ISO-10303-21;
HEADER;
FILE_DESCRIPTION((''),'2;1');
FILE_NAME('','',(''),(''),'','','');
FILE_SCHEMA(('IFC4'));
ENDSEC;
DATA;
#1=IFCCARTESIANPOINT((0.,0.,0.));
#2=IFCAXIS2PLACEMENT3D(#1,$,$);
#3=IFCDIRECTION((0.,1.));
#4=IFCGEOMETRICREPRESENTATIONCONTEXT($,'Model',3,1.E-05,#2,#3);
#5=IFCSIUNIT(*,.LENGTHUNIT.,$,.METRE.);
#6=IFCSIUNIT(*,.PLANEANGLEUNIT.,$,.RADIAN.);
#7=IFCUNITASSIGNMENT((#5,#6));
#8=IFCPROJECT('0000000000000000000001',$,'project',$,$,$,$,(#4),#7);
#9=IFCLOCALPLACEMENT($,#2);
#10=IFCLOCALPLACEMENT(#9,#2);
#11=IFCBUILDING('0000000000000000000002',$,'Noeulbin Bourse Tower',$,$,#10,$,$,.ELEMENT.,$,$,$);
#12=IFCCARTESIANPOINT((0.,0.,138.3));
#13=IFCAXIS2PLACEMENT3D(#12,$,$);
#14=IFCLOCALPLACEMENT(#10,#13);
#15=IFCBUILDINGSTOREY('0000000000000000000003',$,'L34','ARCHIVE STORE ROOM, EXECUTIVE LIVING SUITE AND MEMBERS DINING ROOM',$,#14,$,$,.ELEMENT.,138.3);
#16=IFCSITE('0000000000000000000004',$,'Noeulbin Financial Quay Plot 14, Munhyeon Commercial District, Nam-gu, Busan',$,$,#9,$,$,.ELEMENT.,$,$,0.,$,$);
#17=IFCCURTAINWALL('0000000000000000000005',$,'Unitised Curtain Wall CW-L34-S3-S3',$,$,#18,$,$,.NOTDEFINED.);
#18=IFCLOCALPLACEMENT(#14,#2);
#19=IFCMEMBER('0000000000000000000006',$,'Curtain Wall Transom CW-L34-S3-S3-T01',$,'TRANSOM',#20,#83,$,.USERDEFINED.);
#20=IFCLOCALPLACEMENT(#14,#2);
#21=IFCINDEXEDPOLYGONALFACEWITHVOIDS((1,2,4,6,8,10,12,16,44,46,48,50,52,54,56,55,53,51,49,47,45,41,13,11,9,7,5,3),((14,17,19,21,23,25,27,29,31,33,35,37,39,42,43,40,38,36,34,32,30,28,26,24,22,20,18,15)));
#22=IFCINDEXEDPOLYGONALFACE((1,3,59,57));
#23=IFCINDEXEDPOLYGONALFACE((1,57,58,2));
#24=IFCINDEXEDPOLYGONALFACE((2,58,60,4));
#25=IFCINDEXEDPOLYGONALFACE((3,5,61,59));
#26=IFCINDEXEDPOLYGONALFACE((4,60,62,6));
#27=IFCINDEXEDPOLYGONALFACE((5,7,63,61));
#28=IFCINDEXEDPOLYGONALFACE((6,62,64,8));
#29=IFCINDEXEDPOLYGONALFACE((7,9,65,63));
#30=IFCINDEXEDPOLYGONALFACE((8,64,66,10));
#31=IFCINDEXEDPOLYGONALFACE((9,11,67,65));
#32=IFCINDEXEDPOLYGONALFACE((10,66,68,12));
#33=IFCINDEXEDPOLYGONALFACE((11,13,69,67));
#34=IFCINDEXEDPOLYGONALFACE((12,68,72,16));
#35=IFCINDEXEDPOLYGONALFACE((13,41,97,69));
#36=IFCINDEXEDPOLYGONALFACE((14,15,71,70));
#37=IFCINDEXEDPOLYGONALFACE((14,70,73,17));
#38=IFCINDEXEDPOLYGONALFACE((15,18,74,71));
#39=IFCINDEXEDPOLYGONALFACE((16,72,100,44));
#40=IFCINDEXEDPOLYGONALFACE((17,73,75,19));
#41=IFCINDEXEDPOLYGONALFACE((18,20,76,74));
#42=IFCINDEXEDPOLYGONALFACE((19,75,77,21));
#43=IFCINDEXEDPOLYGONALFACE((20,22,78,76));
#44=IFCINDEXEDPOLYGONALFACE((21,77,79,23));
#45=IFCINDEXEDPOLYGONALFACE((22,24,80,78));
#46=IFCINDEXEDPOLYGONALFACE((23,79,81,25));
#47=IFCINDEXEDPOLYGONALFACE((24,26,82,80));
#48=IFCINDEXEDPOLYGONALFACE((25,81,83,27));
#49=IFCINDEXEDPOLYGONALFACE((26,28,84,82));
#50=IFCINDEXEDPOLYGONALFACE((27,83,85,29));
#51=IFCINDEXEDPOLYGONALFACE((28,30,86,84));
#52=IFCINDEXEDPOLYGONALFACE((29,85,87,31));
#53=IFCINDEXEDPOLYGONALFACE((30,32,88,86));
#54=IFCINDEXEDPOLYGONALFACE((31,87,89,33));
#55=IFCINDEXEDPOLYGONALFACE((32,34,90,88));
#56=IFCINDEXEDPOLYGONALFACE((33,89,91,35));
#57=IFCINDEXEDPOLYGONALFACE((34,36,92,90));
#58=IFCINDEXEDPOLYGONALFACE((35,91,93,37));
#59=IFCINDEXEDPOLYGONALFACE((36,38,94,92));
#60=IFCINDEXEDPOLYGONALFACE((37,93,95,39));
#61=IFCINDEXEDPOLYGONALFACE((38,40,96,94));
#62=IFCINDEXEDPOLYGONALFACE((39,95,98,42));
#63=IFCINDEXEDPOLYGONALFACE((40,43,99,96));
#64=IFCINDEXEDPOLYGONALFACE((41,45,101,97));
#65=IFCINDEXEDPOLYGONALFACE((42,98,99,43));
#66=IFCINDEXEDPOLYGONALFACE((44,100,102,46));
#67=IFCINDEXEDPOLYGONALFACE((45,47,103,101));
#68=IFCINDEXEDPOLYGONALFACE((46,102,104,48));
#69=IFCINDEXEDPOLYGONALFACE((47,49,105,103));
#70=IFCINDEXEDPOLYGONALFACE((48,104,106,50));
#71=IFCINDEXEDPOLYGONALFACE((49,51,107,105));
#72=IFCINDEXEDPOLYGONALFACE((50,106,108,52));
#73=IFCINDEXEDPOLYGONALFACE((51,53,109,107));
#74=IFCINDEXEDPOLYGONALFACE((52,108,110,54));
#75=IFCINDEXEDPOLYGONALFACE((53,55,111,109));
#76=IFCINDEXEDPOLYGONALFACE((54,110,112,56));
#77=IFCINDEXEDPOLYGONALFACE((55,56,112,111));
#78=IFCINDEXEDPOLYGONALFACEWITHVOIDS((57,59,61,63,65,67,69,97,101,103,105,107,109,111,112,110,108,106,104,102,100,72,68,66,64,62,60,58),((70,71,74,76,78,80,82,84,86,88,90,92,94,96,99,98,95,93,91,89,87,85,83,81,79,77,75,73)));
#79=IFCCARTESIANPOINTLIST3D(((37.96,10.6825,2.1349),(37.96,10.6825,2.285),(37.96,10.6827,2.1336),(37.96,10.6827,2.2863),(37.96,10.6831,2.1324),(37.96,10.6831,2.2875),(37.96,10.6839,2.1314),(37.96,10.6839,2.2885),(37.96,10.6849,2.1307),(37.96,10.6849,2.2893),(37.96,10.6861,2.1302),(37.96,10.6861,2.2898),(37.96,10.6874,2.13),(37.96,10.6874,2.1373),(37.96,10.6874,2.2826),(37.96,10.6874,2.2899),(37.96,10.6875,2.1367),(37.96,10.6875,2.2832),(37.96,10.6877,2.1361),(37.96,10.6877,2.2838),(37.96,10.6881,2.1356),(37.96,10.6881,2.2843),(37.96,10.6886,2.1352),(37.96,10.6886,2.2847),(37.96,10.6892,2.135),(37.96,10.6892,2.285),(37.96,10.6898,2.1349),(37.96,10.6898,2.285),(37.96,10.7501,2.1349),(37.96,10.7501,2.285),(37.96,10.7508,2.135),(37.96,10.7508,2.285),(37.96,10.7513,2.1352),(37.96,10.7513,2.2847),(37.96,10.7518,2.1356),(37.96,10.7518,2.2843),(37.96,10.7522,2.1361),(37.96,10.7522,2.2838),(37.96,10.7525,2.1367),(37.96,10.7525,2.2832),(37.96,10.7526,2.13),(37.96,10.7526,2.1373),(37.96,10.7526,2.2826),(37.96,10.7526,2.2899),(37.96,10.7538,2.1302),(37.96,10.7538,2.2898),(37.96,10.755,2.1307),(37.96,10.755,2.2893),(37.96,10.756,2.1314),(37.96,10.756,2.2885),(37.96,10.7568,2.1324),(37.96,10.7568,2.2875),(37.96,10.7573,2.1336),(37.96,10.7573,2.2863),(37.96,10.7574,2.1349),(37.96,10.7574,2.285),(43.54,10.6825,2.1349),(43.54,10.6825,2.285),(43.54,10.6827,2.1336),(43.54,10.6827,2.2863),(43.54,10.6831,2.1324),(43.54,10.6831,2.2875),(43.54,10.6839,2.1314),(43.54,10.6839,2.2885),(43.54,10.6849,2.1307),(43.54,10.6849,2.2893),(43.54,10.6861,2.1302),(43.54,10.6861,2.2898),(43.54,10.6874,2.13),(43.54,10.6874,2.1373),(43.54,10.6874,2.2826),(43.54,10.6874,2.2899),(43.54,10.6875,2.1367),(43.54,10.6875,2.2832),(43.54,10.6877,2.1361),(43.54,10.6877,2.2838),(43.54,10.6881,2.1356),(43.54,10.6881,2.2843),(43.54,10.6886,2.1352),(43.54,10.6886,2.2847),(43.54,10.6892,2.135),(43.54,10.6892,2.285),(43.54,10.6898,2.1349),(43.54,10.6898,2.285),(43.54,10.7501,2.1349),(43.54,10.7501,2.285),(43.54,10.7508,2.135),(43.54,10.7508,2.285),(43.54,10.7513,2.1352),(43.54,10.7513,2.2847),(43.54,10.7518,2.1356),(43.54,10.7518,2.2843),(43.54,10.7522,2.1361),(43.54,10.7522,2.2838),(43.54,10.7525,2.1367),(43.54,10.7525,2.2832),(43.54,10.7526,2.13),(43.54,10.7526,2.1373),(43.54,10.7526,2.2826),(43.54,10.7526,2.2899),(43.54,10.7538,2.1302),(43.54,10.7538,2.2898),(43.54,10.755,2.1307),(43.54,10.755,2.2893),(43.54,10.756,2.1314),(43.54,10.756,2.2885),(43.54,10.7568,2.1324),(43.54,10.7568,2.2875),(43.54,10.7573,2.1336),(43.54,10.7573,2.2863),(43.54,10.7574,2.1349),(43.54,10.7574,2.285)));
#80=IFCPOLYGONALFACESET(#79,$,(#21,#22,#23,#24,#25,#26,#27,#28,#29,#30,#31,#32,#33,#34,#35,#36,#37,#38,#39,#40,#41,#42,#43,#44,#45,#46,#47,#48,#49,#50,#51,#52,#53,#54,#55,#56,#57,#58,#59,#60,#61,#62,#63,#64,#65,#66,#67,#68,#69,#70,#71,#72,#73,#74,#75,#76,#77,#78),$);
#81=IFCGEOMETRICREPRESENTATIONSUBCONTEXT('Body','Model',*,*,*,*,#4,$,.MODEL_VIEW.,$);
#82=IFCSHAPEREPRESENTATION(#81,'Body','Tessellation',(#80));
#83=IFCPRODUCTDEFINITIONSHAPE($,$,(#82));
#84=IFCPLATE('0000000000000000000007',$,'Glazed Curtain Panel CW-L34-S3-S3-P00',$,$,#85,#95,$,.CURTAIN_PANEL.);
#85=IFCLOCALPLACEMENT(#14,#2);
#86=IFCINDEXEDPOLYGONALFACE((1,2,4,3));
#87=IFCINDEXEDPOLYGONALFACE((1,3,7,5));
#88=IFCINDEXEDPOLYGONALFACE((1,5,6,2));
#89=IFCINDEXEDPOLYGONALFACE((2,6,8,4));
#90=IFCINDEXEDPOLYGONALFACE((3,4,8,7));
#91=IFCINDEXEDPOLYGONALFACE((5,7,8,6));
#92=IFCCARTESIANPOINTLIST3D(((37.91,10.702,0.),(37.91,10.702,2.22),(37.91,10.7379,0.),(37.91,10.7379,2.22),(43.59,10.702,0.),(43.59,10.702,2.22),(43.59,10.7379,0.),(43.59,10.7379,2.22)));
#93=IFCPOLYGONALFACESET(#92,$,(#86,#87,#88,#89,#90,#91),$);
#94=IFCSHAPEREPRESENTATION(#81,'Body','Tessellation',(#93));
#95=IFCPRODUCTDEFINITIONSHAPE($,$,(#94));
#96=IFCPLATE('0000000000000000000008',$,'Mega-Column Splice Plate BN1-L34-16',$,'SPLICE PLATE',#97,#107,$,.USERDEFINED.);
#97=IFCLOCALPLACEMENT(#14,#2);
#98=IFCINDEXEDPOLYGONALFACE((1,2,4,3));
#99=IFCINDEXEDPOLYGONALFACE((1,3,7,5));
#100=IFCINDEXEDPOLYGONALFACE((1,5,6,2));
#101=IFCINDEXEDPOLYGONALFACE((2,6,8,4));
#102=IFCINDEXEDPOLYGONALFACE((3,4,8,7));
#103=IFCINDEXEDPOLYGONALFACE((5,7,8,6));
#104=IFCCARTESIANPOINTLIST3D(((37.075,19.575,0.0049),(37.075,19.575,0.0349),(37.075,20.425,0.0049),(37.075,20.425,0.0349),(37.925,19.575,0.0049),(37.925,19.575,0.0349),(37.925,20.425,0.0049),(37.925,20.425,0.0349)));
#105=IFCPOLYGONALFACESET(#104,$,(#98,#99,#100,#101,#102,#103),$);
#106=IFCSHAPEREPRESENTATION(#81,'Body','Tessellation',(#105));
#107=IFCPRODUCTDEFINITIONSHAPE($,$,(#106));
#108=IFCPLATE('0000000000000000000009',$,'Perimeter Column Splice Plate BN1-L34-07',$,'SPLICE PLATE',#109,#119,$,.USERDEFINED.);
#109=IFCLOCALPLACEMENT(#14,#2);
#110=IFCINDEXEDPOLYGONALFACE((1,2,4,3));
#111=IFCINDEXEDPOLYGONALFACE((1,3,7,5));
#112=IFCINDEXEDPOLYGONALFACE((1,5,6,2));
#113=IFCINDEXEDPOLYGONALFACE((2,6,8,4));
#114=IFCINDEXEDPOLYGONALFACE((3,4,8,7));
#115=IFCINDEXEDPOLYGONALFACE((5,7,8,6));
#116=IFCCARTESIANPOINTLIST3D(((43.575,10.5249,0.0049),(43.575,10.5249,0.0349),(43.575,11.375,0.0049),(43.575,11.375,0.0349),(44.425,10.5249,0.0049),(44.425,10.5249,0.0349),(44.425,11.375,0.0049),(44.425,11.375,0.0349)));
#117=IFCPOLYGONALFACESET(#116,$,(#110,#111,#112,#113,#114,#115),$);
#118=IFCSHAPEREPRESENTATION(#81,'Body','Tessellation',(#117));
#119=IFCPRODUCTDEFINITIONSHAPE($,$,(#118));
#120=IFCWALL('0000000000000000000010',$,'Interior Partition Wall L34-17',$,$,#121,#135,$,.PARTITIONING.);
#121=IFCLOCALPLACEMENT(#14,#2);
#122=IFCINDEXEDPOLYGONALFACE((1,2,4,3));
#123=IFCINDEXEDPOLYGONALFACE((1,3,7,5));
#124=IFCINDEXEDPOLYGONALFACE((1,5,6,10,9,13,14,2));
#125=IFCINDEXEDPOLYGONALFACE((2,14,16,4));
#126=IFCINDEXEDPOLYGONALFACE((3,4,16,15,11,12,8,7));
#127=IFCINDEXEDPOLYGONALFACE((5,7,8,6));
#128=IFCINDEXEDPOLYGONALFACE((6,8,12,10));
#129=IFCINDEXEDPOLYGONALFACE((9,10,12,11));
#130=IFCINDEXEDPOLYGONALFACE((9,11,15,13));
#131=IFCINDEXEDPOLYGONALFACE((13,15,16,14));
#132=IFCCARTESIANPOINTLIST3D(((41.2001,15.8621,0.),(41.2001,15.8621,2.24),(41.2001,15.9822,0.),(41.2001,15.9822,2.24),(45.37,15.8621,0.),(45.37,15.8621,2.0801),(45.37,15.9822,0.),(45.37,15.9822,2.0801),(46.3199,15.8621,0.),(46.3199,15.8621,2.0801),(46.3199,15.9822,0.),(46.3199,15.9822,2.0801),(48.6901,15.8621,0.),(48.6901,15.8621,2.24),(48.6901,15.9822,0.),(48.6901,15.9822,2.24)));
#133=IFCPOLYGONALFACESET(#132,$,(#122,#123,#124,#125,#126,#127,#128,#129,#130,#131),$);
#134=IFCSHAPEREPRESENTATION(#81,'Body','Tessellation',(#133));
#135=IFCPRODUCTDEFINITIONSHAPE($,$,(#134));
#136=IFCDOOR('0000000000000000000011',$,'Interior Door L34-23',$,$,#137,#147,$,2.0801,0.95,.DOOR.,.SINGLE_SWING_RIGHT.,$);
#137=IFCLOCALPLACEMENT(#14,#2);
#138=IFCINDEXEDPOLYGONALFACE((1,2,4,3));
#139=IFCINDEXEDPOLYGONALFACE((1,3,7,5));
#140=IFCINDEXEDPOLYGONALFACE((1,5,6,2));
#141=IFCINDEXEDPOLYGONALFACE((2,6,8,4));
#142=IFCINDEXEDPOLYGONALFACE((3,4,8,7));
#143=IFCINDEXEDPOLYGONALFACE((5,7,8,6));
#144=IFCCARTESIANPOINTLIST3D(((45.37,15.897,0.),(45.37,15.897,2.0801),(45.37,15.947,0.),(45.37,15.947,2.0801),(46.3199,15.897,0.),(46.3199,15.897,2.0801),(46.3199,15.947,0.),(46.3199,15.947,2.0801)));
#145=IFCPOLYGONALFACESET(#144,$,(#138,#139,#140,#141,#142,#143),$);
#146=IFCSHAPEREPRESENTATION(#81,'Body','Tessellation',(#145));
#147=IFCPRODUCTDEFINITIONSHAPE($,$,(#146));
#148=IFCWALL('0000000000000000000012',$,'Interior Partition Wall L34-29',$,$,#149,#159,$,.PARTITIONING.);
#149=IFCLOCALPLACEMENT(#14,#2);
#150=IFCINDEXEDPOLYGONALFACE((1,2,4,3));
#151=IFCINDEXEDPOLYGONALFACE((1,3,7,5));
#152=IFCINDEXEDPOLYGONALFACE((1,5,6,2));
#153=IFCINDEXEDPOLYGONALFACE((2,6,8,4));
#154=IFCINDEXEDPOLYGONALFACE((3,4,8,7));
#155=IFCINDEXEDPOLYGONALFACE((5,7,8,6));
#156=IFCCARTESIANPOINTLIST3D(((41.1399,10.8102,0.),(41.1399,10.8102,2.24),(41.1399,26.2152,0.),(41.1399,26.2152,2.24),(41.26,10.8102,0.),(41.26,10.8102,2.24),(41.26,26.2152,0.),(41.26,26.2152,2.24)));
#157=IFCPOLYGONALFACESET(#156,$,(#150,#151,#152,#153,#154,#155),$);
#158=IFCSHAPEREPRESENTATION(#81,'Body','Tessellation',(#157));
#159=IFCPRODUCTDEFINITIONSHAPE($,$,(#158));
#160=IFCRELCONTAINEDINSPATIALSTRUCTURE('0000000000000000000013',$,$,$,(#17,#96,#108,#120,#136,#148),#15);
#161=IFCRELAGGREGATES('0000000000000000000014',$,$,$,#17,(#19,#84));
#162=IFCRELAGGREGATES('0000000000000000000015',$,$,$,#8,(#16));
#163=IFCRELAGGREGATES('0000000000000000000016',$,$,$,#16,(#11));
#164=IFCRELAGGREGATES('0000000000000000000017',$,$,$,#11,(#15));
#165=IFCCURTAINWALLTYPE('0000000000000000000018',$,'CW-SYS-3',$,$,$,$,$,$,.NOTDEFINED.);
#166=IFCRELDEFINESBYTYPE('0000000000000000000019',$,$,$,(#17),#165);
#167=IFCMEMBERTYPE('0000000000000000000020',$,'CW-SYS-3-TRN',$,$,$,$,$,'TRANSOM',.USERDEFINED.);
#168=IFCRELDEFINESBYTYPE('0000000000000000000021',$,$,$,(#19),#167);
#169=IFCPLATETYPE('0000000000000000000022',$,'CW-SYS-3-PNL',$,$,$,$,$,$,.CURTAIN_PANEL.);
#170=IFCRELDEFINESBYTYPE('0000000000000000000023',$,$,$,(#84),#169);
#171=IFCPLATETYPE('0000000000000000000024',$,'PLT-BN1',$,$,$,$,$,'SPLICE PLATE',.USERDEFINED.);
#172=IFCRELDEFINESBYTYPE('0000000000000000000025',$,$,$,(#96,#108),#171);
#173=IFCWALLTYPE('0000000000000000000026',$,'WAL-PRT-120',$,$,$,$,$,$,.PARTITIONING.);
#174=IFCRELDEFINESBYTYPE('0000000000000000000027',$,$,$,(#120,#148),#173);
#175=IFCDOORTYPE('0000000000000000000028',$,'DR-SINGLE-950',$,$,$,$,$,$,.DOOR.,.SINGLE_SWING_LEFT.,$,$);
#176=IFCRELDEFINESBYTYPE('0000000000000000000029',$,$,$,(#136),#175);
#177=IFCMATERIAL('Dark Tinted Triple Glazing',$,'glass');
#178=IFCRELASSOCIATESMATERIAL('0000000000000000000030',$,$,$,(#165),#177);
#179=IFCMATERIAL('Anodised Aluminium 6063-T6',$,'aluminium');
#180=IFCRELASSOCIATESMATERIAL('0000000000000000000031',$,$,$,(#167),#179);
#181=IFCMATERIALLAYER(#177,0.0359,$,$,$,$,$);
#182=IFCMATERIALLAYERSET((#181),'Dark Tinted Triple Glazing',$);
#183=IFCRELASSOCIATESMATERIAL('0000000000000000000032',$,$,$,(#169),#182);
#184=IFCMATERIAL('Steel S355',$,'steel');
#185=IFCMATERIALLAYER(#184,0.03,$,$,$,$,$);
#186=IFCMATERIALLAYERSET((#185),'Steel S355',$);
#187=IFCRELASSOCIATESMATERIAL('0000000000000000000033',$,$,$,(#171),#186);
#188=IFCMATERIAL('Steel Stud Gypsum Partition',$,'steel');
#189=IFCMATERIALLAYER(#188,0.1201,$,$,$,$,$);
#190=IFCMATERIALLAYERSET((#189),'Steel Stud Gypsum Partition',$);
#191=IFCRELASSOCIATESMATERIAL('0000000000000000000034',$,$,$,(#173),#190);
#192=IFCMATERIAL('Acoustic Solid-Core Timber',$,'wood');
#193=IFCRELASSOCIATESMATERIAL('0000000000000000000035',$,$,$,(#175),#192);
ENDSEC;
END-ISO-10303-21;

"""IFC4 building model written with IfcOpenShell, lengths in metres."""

from ifc_helpers import new_model, si_unit, direction, frame, frame_2d, origin, origin_2d, place, context, subcontext, project, spatial, rectangle, hollow_rectangle, extrude, material, layer, layer_set, material_profile, profile_set, type_object, element, fill, aggregate, save


model = new_model("IFC4")

# Units and contexts
model_context = context("Model", 3, precision=1e-05, world=origin(), true_north=direction((0.0, 1.0)))
body_context = subcontext(model_context, "Body", "Model", "MODEL_VIEW")
ifc_project = project(units=[si_unit("LENGTHUNIT", "METRE"), si_unit("PLANEANGLEUNIT", "RADIAN")], contexts=[model_context])

# Site, building, storey
site_placement = place(None, origin())
site = spatial("IfcSite", under=ifc_project, at=site_placement, Name="Noeulbin Financial Quay Plot 14, Munhyeon Commercial District, Nam-gu, Busan", CompositionType="ELEMENT", RefElevation=0.0)
building_placement = place(site_placement, origin())
building = spatial("IfcBuilding", under=site, at=building_placement, Name="Noeulbin Bourse Tower", CompositionType="ELEMENT")
storey_placement = place(building_placement, frame((0.0, 0.0, 138.3)))
storey = spatial("IfcBuildingStorey", under=building, at=storey_placement, Name="L34", Description="ARCHIVE STORE ROOM, EXECUTIVE LIVING SUITE AND MEMBERS DINING ROOM", CompositionType="ELEMENT", Elevation=138.3)

# Shared definitions
ifc_material_1 = material(Name="Steel S355", Category="steel")

# Curtain wall, member, plate
ifc_material_2 = material(Name="Dark Tinted Triple Glazing", Category="glass")
curtain_wall_type = type_object("IfcCurtainWallType", Name="CW-SYS-3", PredefinedType="NOTDEFINED", material=ifc_material_2)
curtain_wall_placement = place(storey_placement, origin())
curtain_wall = element("IfcCurtainWall", 1, at=curtain_wall_placement, inside=storey, type_object=curtain_wall_type, Name="Unitised Curtain Wall CW-L34-S3-S3", PredefinedType="NOTDEFINED")
ifc_material_3 = material(Name="Anodised Aluminium 6063-T6", Category="aluminium")
ifc_material_profile_1 = material_profile(ifc_material_3, hollow_rectangle(XDim=0.075, YDim=0.1599, WallThickness=0.0049, InnerFilletRadius=0.0024, OuterFilletRadius=0.0049, at=origin_2d()), Name="ALU-TRAN-75x160x5", Category="LoadBearing")
ifc_profile_set_1 = profile_set([ifc_material_profile_1], Name="Anodised Aluminium 6063-T6")
member_type_1 = type_object("IfcMemberType", Name="CW-SYS-3-TRN", ElementType="TRANSOM", PredefinedType="USERDEFINED", material=ifc_profile_set_1)
member_1_placement = place(storey_placement, frame((37.96, 10.72, 2.21), z_axis=(1.0, 0.0, 0.0), x_axis=(0.0, 1.0, 0.0)))
member_1 = element("IfcMember", 2, at=member_1_placement, type_object=member_type_1, Name="Curtain Wall Transom CW-L34-S3-S3-T01", ObjectType="TRANSOM", PredefinedType="USERDEFINED", context=body_context, shape_type="SweptSolid", body=[
    extrude(hollow_rectangle(XDim=0.075, YDim=0.1599, WallThickness=0.0049, InnerFilletRadius=0.0024, OuterFilletRadius=0.0049, at=origin_2d()), origin(), (0.0, 0.0, 1.0), 5.5801),
])
ifc_layer_1 = layer(ifc_material_2, 0.0359)
ifc_layer_set_1 = layer_set([ifc_layer_1], Name="Dark Tinted Triple Glazing")
plate_type_1 = type_object("IfcPlateType", Name="CW-SYS-3-PNL", PredefinedType="CURTAIN_PANEL", material=ifc_layer_set_1)
plate_placement = place(storey_placement, frame((40.75, 10.72, 0.0), z_axis=(0.0, 0.0, 1.0), x_axis=(1.0, 0.0, 0.0)))
plate = element("IfcPlate", 3, at=plate_placement, type_object=plate_type_1, Name="Glazed Curtain Panel CW-L34-S3-S3-P00", PredefinedType="CURTAIN_PANEL", context=body_context, shape_type="SweptSolid", body=[
    extrude(rectangle(XDim=5.6799, YDim=0.0359, at=origin_2d()), origin(), (0.0, 0.0, 1.0), 2.22),
])
aggregate(curtain_wall, [member_1, plate])

# Plates
ifc_layer_2 = layer(ifc_material_1, 0.03)
ifc_layer_set_2 = layer_set([ifc_layer_2], Name="Steel S355")
plate_type_2 = type_object("IfcPlateType", Name="PLT-BN1", ElementType="SPLICE PLATE", PredefinedType="USERDEFINED", material=ifc_layer_set_2)
for number, where, z_axis, x_axis, name in (
    (4, (37.5, 20.0, 0.0049), (0.0, 0.0, 1.0), (1.0, 0.0, 0.0), "Mega-Column Splice Plate BN1-L34-16"),
    (5, (44.0, 10.95, 0.0049), (0.0, 0.0, 1.0), (1.0, 0.0, 0.0), "Perimeter Column Splice Plate BN1-L34-07"),
):
    element("IfcPlate", number, at=place(storey_placement, frame(where, z_axis=z_axis, x_axis=x_axis)), inside=storey, type_object=plate_type_2, Name=name, ObjectType="SPLICE PLATE", PredefinedType="USERDEFINED", context=body_context, shape_type="SweptSolid", body=[
        extrude(rectangle(XDim=0.8501, YDim=0.8501, at=origin_2d()), origin(), (0.0, 0.0, 1.0), 0.03),
    ])

# Wall, opening, door
ifc_material_4 = material(Name="Steel Stud Gypsum Partition", Category="steel")
ifc_layer_3 = layer(ifc_material_4, 0.1201)
ifc_layer_set_3 = layer_set([ifc_layer_3], Name="Steel Stud Gypsum Partition")
wall_type = type_object("IfcWallType", Name="WAL-PRT-120", PredefinedType="PARTITIONING", material=ifc_layer_set_3)
wall_1_placement = place(storey_placement, frame((41.2, 15.9221, 0.0), z_axis=(0.0, 0.0, 1.0), x_axis=(1.0, 0.0, 0.0)))
wall_1 = element("IfcWall", 6, at=wall_1_placement, inside=storey, type_object=wall_type, Name="Interior Partition Wall L34-17", PredefinedType="PARTITIONING", context=body_context, shape_type="SweptSolid", body=[
    extrude(rectangle(XDim=7.49, YDim=0.1201, at=frame_2d((3.7451, 0.0))), origin(), (0.0, 0.0, 1.0), 2.24),
])
opening_placement = place(wall_1_placement, frame((4.1699, 0.0, 0.0)))
opening = element("IfcOpeningElement", 7, at=opening_placement, cuts=wall_1, PredefinedType="OPENING", context=body_context, shape_type="SweptSolid", body=[
    extrude(rectangle(XDim=0.95, YDim=2.0801, at=frame_2d((0.4751, 1.04))), frame((0.0, 0.0701, 0.0), z_axis=(0.0, -1.0, 0.0), x_axis=(1.0, 0.0, 0.0)), (0.0, 0.0, 1.0), 0.1401),
])
ifc_material_5 = material(Name="Acoustic Solid-Core Timber", Category="wood")
door_type = type_object("IfcDoorType", Name="DR-SINGLE-950", OperationType="SINGLE_SWING_LEFT", PredefinedType="DOOR", material=ifc_material_5)
door_placement = place(opening_placement, origin())
door = element("IfcDoor", 8, at=door_placement, inside=storey, type_object=door_type, Name="Interior Door L34-23", OperationType="SINGLE_SWING_RIGHT", OverallHeight=2.0801, OverallWidth=0.95, PredefinedType="DOOR", context=body_context, shape_type="SweptSolid", body=[
    extrude(rectangle(XDim=0.95, YDim=2.0801, at=frame_2d((0.4751, 1.04))), frame((0.0, 0.0249, 0.0), z_axis=(0.0, -1.0, 0.0), x_axis=(1.0, 0.0, 0.0)), (0.0, 0.0, 1.0), 0.05),
])
fill(opening, door)

# Wall
wall_2_placement = place(storey_placement, frame((41.2, 10.8101, 0.0), z_axis=(0.0, 0.0, 1.0), x_axis=(0.0, 1.0, 0.0)))
element("IfcWall", 9, at=wall_2_placement, inside=storey, type_object=wall_type, Name="Interior Partition Wall L34-29", PredefinedType="PARTITIONING", context=body_context, shape_type="SweptSolid", body=[
    extrude(rectangle(XDim=15.405, YDim=0.1201, at=frame_2d((7.7026, 0.0))), origin(), (0.0, 0.0, 1.0), 2.24),
])

save(model, "model.ifc")
